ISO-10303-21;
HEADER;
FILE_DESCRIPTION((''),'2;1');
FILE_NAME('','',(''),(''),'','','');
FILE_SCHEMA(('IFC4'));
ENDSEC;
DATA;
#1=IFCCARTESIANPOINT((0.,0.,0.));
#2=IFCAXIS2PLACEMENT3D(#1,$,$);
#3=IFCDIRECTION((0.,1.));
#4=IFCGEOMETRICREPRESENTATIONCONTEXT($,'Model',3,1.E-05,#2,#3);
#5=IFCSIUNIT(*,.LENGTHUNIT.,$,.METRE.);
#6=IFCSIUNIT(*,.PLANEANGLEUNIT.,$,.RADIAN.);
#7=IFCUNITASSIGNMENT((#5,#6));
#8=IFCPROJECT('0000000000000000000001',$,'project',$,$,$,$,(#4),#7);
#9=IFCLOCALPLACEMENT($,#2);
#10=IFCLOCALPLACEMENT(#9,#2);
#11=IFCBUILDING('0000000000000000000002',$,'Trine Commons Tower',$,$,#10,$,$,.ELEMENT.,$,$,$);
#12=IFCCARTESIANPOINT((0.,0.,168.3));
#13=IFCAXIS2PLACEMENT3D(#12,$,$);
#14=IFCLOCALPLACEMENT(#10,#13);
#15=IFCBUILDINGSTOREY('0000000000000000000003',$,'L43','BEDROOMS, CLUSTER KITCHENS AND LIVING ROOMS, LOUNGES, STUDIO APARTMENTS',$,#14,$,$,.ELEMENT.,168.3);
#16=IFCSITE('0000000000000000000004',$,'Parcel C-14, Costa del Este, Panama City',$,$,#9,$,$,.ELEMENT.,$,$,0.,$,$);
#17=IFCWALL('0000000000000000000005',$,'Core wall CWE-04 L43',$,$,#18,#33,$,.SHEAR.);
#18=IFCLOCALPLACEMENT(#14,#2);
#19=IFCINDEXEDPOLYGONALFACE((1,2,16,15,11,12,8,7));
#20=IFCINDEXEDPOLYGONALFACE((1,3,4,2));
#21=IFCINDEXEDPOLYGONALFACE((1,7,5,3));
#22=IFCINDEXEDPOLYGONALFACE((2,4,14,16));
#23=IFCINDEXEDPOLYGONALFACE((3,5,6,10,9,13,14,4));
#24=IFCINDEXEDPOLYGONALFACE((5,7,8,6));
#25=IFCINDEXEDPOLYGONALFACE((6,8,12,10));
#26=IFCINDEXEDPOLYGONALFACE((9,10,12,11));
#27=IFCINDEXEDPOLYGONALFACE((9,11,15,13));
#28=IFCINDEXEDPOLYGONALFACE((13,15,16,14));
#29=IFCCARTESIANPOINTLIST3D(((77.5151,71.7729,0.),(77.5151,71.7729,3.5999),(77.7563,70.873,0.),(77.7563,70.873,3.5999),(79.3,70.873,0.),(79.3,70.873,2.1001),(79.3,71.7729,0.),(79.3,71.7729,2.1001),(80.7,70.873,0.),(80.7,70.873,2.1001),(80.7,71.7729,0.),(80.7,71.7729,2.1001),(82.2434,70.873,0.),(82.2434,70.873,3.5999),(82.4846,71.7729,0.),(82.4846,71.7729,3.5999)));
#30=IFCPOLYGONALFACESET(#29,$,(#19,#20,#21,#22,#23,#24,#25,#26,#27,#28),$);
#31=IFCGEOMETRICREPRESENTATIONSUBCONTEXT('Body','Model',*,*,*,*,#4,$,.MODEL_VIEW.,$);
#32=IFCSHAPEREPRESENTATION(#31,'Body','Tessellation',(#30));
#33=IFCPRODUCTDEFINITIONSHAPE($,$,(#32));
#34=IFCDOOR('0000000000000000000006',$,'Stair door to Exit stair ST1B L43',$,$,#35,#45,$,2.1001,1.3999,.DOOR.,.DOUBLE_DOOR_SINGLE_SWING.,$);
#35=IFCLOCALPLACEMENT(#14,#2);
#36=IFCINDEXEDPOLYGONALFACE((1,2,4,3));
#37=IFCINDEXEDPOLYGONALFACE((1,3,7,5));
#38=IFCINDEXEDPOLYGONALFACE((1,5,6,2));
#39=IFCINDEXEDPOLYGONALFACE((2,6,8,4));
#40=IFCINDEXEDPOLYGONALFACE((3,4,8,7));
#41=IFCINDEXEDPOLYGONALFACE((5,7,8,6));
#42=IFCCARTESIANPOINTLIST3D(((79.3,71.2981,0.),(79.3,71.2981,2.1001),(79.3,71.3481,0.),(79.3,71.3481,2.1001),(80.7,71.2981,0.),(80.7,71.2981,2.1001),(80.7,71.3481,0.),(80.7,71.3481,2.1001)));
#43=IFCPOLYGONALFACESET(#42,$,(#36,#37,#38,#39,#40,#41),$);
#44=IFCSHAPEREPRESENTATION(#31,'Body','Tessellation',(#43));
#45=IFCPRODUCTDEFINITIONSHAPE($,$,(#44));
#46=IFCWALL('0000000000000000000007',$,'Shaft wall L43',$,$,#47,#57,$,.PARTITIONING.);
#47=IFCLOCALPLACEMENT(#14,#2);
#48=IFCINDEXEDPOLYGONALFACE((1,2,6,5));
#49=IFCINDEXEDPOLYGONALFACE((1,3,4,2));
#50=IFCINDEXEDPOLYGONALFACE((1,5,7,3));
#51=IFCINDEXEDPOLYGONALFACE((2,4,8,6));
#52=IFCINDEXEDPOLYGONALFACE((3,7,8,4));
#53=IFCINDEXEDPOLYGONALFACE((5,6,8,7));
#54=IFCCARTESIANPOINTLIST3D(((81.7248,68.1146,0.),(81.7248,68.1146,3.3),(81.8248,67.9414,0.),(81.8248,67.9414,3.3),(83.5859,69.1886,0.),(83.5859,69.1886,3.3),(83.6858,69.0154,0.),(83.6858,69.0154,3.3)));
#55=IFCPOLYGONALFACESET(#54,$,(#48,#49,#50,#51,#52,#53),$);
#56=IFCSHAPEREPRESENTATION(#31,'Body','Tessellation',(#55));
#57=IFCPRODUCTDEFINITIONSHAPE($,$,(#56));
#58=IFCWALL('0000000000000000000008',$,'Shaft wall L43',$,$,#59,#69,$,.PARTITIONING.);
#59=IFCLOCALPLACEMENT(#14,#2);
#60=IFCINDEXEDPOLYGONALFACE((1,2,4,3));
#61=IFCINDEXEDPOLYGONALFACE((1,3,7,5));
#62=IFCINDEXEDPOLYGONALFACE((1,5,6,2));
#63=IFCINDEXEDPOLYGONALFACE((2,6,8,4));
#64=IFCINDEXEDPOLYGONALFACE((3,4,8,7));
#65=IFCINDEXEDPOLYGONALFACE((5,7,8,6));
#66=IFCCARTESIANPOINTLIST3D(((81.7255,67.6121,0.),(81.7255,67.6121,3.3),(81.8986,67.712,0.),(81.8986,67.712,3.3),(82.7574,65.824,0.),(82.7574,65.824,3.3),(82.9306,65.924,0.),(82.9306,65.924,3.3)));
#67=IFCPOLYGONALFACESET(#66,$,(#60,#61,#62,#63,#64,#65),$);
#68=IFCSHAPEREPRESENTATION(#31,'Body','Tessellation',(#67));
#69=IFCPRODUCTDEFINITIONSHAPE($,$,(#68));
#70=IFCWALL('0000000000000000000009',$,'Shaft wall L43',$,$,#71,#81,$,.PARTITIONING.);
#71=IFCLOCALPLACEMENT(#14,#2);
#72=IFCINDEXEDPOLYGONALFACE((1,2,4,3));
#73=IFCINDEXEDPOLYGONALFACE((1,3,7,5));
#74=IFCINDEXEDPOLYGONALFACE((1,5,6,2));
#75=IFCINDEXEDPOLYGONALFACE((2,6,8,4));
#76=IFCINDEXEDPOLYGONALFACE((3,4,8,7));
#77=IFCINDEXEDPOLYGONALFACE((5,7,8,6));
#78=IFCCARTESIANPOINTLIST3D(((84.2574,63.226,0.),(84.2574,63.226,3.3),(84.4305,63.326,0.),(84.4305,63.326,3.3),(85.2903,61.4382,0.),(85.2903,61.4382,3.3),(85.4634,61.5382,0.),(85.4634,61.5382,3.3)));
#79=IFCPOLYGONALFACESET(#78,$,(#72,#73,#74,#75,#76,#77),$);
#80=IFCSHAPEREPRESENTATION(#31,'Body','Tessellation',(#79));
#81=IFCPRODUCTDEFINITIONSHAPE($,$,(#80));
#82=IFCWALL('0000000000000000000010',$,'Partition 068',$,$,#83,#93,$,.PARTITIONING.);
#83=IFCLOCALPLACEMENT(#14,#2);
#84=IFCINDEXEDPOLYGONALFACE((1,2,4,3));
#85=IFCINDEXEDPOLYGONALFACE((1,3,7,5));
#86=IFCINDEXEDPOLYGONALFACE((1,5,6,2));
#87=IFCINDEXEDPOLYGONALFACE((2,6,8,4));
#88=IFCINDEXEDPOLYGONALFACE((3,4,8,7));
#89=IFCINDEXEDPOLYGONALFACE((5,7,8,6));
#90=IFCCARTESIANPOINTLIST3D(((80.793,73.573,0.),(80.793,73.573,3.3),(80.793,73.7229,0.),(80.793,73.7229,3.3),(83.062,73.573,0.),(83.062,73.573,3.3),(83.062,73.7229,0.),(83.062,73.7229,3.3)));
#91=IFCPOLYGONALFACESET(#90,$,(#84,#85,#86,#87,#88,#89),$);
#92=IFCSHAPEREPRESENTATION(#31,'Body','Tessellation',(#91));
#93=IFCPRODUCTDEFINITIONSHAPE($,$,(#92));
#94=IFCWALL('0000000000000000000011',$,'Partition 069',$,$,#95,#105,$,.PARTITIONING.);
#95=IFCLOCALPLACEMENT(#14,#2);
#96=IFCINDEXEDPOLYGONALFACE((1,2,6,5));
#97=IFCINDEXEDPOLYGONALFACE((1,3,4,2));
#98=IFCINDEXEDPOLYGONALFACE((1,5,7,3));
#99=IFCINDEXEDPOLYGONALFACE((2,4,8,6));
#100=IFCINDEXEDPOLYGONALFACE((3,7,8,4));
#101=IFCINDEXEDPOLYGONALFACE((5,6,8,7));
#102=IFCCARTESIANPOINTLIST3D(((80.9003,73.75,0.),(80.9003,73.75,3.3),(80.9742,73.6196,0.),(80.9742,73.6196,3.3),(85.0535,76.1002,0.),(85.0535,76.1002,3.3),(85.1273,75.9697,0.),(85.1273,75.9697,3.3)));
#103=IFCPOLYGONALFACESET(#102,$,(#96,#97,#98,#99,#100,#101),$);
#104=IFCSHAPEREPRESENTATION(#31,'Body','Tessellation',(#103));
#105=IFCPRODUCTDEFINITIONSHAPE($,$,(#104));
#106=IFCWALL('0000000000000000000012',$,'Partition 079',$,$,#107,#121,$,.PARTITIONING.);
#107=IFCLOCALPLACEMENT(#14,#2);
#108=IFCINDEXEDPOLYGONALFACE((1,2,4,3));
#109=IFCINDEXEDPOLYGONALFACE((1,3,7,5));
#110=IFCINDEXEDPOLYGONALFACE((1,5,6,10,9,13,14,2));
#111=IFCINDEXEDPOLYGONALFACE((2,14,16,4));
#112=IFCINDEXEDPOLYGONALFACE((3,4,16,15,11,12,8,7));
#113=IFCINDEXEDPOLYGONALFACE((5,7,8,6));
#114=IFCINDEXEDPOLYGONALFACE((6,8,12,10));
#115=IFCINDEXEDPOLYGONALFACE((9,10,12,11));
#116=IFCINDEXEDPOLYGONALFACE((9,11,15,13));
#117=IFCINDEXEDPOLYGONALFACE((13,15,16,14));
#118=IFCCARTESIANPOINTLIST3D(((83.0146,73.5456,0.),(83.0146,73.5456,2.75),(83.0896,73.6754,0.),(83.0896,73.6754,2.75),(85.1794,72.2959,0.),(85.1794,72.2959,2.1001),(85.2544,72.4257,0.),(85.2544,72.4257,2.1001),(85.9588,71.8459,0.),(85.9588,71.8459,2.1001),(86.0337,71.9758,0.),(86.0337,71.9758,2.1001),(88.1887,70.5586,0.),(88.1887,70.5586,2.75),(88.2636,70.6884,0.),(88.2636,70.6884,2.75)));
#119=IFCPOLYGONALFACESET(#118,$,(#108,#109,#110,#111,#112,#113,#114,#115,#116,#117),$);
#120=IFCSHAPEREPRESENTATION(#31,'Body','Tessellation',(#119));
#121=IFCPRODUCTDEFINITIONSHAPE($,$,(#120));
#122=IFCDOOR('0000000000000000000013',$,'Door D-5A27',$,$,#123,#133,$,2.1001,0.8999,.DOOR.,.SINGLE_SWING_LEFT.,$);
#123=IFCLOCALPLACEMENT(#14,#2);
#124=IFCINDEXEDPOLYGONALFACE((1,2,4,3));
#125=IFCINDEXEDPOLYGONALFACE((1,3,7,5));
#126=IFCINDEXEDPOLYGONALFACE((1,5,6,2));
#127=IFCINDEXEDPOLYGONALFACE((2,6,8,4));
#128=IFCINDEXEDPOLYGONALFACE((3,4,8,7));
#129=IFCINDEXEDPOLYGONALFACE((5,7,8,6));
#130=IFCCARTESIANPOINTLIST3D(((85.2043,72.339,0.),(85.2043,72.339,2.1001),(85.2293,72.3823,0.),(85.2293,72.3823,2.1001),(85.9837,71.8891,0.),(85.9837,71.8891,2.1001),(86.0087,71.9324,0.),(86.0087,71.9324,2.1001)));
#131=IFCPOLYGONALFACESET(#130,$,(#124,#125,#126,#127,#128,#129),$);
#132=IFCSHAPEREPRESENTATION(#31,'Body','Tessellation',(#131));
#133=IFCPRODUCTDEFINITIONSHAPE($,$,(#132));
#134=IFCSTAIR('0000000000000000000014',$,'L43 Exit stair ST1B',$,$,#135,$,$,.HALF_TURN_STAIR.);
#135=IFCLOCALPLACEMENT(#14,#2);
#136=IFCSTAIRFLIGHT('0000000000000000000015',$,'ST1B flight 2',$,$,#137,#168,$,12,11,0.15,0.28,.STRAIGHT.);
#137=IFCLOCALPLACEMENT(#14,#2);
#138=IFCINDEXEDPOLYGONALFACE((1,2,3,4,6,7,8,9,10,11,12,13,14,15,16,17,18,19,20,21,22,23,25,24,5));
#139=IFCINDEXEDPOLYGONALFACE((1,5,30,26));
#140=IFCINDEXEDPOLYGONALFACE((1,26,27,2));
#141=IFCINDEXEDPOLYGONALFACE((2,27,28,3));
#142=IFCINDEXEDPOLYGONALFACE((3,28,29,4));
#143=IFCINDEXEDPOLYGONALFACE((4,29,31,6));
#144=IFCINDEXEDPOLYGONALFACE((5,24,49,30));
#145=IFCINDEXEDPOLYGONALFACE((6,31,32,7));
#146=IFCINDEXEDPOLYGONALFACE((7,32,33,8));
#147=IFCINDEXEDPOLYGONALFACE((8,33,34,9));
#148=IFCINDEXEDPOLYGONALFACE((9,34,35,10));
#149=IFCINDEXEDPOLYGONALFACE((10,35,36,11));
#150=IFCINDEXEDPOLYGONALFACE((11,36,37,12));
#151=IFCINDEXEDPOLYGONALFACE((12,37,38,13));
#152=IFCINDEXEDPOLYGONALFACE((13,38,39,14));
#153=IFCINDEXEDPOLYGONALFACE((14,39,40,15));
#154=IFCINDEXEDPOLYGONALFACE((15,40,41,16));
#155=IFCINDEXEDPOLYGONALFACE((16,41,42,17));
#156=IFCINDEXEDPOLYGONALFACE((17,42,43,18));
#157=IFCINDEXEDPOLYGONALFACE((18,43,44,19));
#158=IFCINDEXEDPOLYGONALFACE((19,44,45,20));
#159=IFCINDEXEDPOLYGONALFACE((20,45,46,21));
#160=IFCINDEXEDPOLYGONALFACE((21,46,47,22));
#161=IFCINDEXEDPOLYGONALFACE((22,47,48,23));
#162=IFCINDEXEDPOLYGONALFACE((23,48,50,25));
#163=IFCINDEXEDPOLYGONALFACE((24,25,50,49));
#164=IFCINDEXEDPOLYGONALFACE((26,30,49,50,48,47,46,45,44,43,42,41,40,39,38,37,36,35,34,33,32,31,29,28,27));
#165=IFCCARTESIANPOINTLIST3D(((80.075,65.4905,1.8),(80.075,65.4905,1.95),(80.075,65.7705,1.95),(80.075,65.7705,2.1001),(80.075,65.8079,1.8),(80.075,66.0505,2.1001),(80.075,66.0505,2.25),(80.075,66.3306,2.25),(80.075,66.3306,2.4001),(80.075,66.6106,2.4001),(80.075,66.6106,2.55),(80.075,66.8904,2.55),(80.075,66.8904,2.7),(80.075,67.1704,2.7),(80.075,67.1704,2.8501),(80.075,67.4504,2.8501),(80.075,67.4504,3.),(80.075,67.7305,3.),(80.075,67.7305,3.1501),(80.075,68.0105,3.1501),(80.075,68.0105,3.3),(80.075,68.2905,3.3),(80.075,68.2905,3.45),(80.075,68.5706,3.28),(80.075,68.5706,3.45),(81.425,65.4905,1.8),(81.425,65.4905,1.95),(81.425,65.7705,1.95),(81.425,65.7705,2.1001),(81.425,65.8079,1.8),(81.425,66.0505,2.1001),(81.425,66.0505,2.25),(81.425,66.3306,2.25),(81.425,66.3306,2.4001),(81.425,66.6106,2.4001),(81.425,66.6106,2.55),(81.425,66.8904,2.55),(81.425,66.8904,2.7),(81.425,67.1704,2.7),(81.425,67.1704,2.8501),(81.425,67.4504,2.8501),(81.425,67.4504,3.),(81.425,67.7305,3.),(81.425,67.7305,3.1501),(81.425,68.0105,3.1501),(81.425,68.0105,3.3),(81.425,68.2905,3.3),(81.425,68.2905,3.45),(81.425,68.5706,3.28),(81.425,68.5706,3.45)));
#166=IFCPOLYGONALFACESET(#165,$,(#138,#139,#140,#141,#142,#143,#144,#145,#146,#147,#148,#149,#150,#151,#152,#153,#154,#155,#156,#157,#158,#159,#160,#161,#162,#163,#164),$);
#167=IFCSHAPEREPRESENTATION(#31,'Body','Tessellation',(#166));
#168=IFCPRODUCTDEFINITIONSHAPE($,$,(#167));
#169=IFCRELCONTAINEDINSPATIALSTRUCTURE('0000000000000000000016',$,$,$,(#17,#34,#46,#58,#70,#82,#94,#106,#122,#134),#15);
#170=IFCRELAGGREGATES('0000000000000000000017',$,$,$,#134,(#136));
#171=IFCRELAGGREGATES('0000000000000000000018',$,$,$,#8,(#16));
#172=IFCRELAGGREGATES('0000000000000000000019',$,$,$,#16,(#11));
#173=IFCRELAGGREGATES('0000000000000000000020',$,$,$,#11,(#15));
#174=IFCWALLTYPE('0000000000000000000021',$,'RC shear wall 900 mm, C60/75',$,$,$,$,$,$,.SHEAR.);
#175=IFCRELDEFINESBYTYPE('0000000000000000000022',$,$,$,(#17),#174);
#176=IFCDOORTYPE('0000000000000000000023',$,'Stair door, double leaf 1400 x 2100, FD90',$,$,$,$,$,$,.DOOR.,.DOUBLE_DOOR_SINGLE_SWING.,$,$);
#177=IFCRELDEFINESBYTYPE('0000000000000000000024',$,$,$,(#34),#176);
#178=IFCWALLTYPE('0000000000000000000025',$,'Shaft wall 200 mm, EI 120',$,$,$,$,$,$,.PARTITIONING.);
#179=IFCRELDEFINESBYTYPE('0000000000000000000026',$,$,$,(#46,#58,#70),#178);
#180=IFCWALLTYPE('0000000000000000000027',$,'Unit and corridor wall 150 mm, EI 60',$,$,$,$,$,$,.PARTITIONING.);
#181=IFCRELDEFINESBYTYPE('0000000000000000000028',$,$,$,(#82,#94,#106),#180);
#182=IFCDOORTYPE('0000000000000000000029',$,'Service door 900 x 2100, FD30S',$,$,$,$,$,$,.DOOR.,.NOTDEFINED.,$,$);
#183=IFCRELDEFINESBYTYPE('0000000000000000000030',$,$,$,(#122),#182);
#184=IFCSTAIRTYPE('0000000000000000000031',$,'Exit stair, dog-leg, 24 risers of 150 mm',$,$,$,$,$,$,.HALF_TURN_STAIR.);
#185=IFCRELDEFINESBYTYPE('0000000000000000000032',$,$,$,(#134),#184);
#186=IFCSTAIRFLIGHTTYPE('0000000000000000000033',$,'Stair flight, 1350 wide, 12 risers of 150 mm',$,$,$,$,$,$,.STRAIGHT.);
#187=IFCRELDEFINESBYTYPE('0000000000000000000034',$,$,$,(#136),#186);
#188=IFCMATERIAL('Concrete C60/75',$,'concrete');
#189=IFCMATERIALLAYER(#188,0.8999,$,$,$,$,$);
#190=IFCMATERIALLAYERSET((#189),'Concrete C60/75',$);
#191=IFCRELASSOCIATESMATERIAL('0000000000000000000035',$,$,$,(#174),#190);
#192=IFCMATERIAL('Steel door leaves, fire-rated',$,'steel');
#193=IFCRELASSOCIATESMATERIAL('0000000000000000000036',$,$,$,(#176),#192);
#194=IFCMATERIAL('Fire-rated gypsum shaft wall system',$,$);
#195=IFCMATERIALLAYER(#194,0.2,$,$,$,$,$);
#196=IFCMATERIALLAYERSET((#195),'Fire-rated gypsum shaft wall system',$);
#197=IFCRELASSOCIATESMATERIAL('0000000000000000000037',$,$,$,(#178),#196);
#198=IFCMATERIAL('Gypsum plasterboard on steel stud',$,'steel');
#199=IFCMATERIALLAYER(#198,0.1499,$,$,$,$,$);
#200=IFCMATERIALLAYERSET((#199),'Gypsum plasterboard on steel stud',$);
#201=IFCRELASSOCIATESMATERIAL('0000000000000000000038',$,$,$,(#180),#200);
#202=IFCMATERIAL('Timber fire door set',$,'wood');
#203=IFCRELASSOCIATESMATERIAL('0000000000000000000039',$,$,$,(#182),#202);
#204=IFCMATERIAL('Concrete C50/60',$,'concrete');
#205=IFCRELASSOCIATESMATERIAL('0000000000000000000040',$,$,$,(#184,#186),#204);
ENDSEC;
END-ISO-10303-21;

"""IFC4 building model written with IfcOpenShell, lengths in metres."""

from ifc_helpers import new_model, si_unit, direction, frame, frame_2d, origin, place, context, subcontext, project, spatial, polyline, rectangle, outline, extrude, material, layer, layer_set, type_object, element, fill, aggregate, save


model = new_model("IFC4")

# Units and contexts
model_context = context("Model", 3, precision=1e-05, world=origin(), true_north=direction((0.0, 1.0)))
body_context = subcontext(model_context, "Body", "Model", "MODEL_VIEW")
ifc_project = project(units=[si_unit("LENGTHUNIT", "METRE"), si_unit("PLANEANGLEUNIT", "RADIAN")], contexts=[model_context])

# Site, building, storey
site_placement = place(None, origin())
site = spatial("IfcSite", under=ifc_project, at=site_placement, Name="Parcel C-14, Costa del Este, Panama City", CompositionType="ELEMENT", RefElevation=0.0)
building_placement = place(site_placement, origin())
building = spatial("IfcBuilding", under=site, at=building_placement, Name="Trine Commons Tower", CompositionType="ELEMENT")
storey_placement = place(building_placement, frame((0.0, 0.0, 168.3)))
storey = spatial("IfcBuildingStorey", under=building, at=storey_placement, Name="L43", Description="BEDROOMS, CLUSTER KITCHENS AND LIVING ROOMS, LOUNGES, STUDIO APARTMENTS", CompositionType="ELEMENT", Elevation=168.3)

# Shared definitions
ifc_material_1 = material(Name="Fire-rated gypsum shaft wall system")
ifc_material_2 = material(Name="Concrete C60/75", Category="concrete")

# Wall, opening, door
ifc_layer_1 = layer(ifc_material_2, 0.8999)
ifc_layer_set_1 = layer_set([ifc_layer_1], Name="Concrete C60/75")
wall_type_1 = type_object("IfcWallType", Name="RC shear wall 900 mm, C60/75", PredefinedType="SHEAR", material=ifc_layer_set_1)
wall_1_placement = place(storey_placement, frame((82.4846, 71.323, 0.0), z_axis=(0.0, 0.0, 1.0), x_axis=(-1.0, 0.0, 0.0)))
wall_1 = element("IfcWall", 1, at=wall_1_placement, inside=storey, type_object=wall_type_1, Name="Core wall CWE-04 L43", PredefinedType="SHEAR", context=body_context, shape_type="SweptSolid", body=[
    extrude(outline(polyline([(0.0, -0.45), (4.9695, -0.45), (4.7283, 0.45), (0.2412, 0.45), (0.0, -0.45)])), origin(), (0.0, 0.0, 1.0), 3.5999),
])
opening_1_placement = place(wall_1_placement, frame((1.7847, 0.0, 0.0)))
opening_1 = element("IfcOpeningElement", 2, at=opening_1_placement, cuts=wall_1, PredefinedType="OPENING", context=body_context, shape_type="SweptSolid", body=[
    extrude(rectangle(XDim=1.3999, YDim=2.1001, at=frame_2d((0.7, 1.05))), frame((0.0, 0.46, 0.0), z_axis=(0.0, -1.0, 0.0), x_axis=(1.0, 0.0, 0.0)), (0.0, 0.0, 1.0), 0.9199),
])
ifc_material_3 = material(Name="Steel door leaves, fire-rated", Category="steel")
door_type_1 = type_object("IfcDoorType", Name="Stair door, double leaf 1400 x 2100, FD90", OperationType="DOUBLE_DOOR_SINGLE_SWING", PredefinedType="DOOR", material=ifc_material_3)
door_1_placement = place(opening_1_placement, origin())
door_1 = element("IfcDoor", 3, at=door_1_placement, inside=storey, type_object=door_type_1, Name="Stair door to Exit stair ST1B L43", OperationType="DOUBLE_DOOR_SINGLE_SWING", OverallHeight=2.1001, OverallWidth=1.3999, PredefinedType="DOOR", context=body_context, shape_type="SweptSolid", body=[
    extrude(rectangle(XDim=1.3999, YDim=2.1001, at=frame_2d((0.7, 1.05))), frame((0.0, 0.0249, 0.0), z_axis=(0.0, -1.0, 0.0), x_axis=(1.0, 0.0, 0.0)), (0.0, 0.0, 1.0), 0.05),
])
fill(opening_1, door_1)

# Walls
ifc_layer_2 = layer(ifc_material_1, 0.2)
ifc_layer_set_2 = layer_set([ifc_layer_2], Name="Fire-rated gypsum shaft wall system")
wall_type_2 = type_object("IfcWallType", Name="Shaft wall 200 mm, EI 120", PredefinedType="PARTITIONING", material=ifc_layer_set_2)
wall_2_placement = place(storey_placement, frame((81.7749, 68.0281, 0.0), z_axis=(0.0, 0.0, 1.0), x_axis=(0.866131, 0.499818, 0.0)))
element("IfcWall", 4, at=wall_2_placement, inside=storey, type_object=wall_type_2, Name="Shaft wall L43", PredefinedType="PARTITIONING", context=body_context, shape_type="SweptSolid", body=[
    extrude(rectangle(XDim=2.1487, YDim=0.2, at=frame_2d((1.0742, 0.0))), origin(), (0.0, 0.0, 1.0), 3.3),
])
wall_3_placement = place(storey_placement, frame((82.844, 65.874, 0.0), z_axis=(0.0, 0.0, 1.0), x_axis=(-0.499866, 0.866103, 0.0)))
element("IfcWall", 5, at=wall_3_placement, inside=storey, type_object=wall_type_2, Name="Shaft wall L43", PredefinedType="PARTITIONING", context=body_context, shape_type="SweptSolid", body=[
    extrude(rectangle(XDim=2.0645, YDim=0.2, at=frame_2d((1.0322, 0.0))), origin(), (0.0, 0.0, 1.0), 3.3),
])
wall_4_placement = place(storey_placement, frame((84.344, 63.2759, 0.0), z_axis=(0.0, 0.0, 1.0), x_axis=(0.500272, -0.865868, 0.0)))
element("IfcWall", 6, at=wall_4_placement, inside=storey, type_object=wall_type_2, Name="Shaft wall L43", PredefinedType="PARTITIONING", context=body_context, shape_type="SweptSolid", body=[
    extrude(rectangle(XDim=2.0647, YDim=0.2, at=frame_2d((1.0322, 0.0))), origin(), (0.0, 0.0, 1.0), 3.3),
])
ifc_material_4 = material(Name="Gypsum plasterboard on steel stud", Category="steel")
ifc_layer_3 = layer(ifc_material_4, 0.1499)
ifc_layer_set_3 = layer_set([ifc_layer_3], Name="Gypsum plasterboard on steel stud")
wall_type_3 = type_object("IfcWallType", Name="Unit and corridor wall 150 mm, EI 60", PredefinedType="PARTITIONING", material=ifc_layer_set_3)
wall_5_placement = place(storey_placement, frame((80.793, 73.6479, 0.0), z_axis=(0.0, 0.0, 1.0), x_axis=(1.0, 0.0, 0.0)))
element("IfcWall", 7, at=wall_5_placement, inside=storey, type_object=wall_type_3, Name="Partition 068", PredefinedType="PARTITIONING", context=body_context, shape_type="SweptSolid", body=[
    extrude(rectangle(XDim=2.269, YDim=0.1499, at=frame_2d((1.1345, 0.0))), origin(), (0.0, 0.0, 1.0), 3.3),
])
wall_6_placement = place(storey_placement, frame((80.9373, 73.6848, 0.0), z_axis=(0.0, 0.0, 1.0), x_axis=(0.87032, 0.492487, 0.0)))
element("IfcWall", 8, at=wall_6_placement, inside=storey, type_object=wall_type_3, Name="Partition 069", PredefinedType="PARTITIONING", context=body_context, shape_type="SweptSolid", body=[
    extrude(rectangle(XDim=4.772, YDim=0.1499, at=frame_2d((2.386, 0.0))), origin(), (0.0, 0.0, 1.0), 3.3),
])

# Wall, opening, door
wall_7_placement = place(storey_placement, frame((83.052, 73.6106, 0.0), z_axis=(0.0, 0.0, 1.0), x_axis=(0.866039, -0.499976, 0.0)))
wall_7 = element("IfcWall", 9, at=wall_7_placement, inside=storey, type_object=wall_type_3, Name="Partition 079", PredefinedType="PARTITIONING", context=body_context, shape_type="SweptSolid", body=[
    extrude(rectangle(XDim=5.9744, YDim=0.1499, at=frame_2d((2.9873, 0.0))), origin(), (0.0, 0.0, 1.0), 2.75),
])
opening_2_placement = place(wall_7_placement, frame((2.4998, 0.0, 0.0)))
opening_2 = element("IfcOpeningElement", 10, at=opening_2_placement, cuts=wall_7, PredefinedType="OPENING", context=body_context, shape_type="SweptSolid", body=[
    extrude(rectangle(XDim=0.8999, YDim=2.1001, at=frame_2d((0.45, 1.05))), frame((0.0, 0.085, 0.0), z_axis=(0.0, -1.0, 0.0), x_axis=(1.0, 0.0, 0.0)), (0.0, 0.0, 1.0), 0.1699),
])
ifc_material_5 = material(Name="Timber fire door set", Category="wood")
door_type_2 = type_object("IfcDoorType", Name="Service door 900 x 2100, FD30S", OperationType="NOTDEFINED", PredefinedType="DOOR", material=ifc_material_5)
door_2_placement = place(opening_2_placement, origin())
door_2 = element("IfcDoor", 11, at=door_2_placement, inside=storey, type_object=door_type_2, Name="Door D-5A27", OperationType="SINGLE_SWING_LEFT", OverallHeight=2.1001, OverallWidth=0.8999, PredefinedType="DOOR", context=body_context, shape_type="SweptSolid", body=[
    extrude(rectangle(XDim=0.8999, YDim=2.1001, at=frame_2d((0.45, 1.05))), frame((0.0, 0.0249, 0.0), z_axis=(0.0, -1.0, 0.0), x_axis=(1.0, 0.0, 0.0)), (0.0, 0.0, 1.0), 0.05),
])
fill(opening_2, door_2)

# Stair, stair flight
ifc_material_6 = material(Name="Concrete C50/60", Category="concrete")
stair_type = type_object("IfcStairType", Name="Exit stair, dog-leg, 24 risers of 150 mm", PredefinedType="HALF_TURN_STAIR", material=ifc_material_6)
stair_placement = place(storey_placement, origin())
stair = element("IfcStair", 12, at=stair_placement, inside=storey, type_object=stair_type, Name="L43 Exit stair ST1B", PredefinedType="HALF_TURN_STAIR")
stair_flight_type = type_object("IfcStairFlightType", Name="Stair flight, 1350 wide, 12 risers of 150 mm", PredefinedType="STRAIGHT", material=ifc_material_6)
stair_flight_placement = place(storey_placement, frame((80.75, 65.4905, 1.8), z_axis=(0.0, 0.0, 1.0), x_axis=(0.0, 1.0, 0.0)))
stair_flight = element("IfcStairFlight", 13, at=stair_flight_placement, type_object=stair_flight_type, Name="ST1B flight 2", NumberOfRisers=12, NumberOfTreads=11, PredefinedType="STRAIGHT", RiserHeight=0.15, TreadLength=0.28, context=body_context, shape_type="SweptSolid", body=[
    extrude(outline(polyline([(0.0, 0.0), (0.0, 0.1499), (0.28, 0.1499), (0.28, 0.3), (0.5601, 0.3), (0.5601, 0.45), (0.8401, 0.45), (0.8401, 0.6001), (1.1201, 0.6001), (1.1201, 0.75), (1.3999, 0.75), (1.3999, 0.8999), (1.6799, 0.8999), (1.6799, 1.05), (1.96, 1.05), (1.96, 1.2), (2.24, 1.2), (2.24, 1.3501), (2.52, 1.3501), (2.52, 1.5), (2.8, 1.5), (2.8, 1.6499), (3.0801, 1.6499), (3.0801, 1.8), (3.0801, 1.48), (0.3174, 0.0), (0.0, 0.0)])), frame((0.0, 0.675, 0.0), z_axis=(0.0, -1.0, 0.0), x_axis=(1.0, 0.0, 0.0)), (0.0, 0.0, 1.0), 1.3501),
])
aggregate(stair, [stair_flight])

save(model, "model.ifc")
